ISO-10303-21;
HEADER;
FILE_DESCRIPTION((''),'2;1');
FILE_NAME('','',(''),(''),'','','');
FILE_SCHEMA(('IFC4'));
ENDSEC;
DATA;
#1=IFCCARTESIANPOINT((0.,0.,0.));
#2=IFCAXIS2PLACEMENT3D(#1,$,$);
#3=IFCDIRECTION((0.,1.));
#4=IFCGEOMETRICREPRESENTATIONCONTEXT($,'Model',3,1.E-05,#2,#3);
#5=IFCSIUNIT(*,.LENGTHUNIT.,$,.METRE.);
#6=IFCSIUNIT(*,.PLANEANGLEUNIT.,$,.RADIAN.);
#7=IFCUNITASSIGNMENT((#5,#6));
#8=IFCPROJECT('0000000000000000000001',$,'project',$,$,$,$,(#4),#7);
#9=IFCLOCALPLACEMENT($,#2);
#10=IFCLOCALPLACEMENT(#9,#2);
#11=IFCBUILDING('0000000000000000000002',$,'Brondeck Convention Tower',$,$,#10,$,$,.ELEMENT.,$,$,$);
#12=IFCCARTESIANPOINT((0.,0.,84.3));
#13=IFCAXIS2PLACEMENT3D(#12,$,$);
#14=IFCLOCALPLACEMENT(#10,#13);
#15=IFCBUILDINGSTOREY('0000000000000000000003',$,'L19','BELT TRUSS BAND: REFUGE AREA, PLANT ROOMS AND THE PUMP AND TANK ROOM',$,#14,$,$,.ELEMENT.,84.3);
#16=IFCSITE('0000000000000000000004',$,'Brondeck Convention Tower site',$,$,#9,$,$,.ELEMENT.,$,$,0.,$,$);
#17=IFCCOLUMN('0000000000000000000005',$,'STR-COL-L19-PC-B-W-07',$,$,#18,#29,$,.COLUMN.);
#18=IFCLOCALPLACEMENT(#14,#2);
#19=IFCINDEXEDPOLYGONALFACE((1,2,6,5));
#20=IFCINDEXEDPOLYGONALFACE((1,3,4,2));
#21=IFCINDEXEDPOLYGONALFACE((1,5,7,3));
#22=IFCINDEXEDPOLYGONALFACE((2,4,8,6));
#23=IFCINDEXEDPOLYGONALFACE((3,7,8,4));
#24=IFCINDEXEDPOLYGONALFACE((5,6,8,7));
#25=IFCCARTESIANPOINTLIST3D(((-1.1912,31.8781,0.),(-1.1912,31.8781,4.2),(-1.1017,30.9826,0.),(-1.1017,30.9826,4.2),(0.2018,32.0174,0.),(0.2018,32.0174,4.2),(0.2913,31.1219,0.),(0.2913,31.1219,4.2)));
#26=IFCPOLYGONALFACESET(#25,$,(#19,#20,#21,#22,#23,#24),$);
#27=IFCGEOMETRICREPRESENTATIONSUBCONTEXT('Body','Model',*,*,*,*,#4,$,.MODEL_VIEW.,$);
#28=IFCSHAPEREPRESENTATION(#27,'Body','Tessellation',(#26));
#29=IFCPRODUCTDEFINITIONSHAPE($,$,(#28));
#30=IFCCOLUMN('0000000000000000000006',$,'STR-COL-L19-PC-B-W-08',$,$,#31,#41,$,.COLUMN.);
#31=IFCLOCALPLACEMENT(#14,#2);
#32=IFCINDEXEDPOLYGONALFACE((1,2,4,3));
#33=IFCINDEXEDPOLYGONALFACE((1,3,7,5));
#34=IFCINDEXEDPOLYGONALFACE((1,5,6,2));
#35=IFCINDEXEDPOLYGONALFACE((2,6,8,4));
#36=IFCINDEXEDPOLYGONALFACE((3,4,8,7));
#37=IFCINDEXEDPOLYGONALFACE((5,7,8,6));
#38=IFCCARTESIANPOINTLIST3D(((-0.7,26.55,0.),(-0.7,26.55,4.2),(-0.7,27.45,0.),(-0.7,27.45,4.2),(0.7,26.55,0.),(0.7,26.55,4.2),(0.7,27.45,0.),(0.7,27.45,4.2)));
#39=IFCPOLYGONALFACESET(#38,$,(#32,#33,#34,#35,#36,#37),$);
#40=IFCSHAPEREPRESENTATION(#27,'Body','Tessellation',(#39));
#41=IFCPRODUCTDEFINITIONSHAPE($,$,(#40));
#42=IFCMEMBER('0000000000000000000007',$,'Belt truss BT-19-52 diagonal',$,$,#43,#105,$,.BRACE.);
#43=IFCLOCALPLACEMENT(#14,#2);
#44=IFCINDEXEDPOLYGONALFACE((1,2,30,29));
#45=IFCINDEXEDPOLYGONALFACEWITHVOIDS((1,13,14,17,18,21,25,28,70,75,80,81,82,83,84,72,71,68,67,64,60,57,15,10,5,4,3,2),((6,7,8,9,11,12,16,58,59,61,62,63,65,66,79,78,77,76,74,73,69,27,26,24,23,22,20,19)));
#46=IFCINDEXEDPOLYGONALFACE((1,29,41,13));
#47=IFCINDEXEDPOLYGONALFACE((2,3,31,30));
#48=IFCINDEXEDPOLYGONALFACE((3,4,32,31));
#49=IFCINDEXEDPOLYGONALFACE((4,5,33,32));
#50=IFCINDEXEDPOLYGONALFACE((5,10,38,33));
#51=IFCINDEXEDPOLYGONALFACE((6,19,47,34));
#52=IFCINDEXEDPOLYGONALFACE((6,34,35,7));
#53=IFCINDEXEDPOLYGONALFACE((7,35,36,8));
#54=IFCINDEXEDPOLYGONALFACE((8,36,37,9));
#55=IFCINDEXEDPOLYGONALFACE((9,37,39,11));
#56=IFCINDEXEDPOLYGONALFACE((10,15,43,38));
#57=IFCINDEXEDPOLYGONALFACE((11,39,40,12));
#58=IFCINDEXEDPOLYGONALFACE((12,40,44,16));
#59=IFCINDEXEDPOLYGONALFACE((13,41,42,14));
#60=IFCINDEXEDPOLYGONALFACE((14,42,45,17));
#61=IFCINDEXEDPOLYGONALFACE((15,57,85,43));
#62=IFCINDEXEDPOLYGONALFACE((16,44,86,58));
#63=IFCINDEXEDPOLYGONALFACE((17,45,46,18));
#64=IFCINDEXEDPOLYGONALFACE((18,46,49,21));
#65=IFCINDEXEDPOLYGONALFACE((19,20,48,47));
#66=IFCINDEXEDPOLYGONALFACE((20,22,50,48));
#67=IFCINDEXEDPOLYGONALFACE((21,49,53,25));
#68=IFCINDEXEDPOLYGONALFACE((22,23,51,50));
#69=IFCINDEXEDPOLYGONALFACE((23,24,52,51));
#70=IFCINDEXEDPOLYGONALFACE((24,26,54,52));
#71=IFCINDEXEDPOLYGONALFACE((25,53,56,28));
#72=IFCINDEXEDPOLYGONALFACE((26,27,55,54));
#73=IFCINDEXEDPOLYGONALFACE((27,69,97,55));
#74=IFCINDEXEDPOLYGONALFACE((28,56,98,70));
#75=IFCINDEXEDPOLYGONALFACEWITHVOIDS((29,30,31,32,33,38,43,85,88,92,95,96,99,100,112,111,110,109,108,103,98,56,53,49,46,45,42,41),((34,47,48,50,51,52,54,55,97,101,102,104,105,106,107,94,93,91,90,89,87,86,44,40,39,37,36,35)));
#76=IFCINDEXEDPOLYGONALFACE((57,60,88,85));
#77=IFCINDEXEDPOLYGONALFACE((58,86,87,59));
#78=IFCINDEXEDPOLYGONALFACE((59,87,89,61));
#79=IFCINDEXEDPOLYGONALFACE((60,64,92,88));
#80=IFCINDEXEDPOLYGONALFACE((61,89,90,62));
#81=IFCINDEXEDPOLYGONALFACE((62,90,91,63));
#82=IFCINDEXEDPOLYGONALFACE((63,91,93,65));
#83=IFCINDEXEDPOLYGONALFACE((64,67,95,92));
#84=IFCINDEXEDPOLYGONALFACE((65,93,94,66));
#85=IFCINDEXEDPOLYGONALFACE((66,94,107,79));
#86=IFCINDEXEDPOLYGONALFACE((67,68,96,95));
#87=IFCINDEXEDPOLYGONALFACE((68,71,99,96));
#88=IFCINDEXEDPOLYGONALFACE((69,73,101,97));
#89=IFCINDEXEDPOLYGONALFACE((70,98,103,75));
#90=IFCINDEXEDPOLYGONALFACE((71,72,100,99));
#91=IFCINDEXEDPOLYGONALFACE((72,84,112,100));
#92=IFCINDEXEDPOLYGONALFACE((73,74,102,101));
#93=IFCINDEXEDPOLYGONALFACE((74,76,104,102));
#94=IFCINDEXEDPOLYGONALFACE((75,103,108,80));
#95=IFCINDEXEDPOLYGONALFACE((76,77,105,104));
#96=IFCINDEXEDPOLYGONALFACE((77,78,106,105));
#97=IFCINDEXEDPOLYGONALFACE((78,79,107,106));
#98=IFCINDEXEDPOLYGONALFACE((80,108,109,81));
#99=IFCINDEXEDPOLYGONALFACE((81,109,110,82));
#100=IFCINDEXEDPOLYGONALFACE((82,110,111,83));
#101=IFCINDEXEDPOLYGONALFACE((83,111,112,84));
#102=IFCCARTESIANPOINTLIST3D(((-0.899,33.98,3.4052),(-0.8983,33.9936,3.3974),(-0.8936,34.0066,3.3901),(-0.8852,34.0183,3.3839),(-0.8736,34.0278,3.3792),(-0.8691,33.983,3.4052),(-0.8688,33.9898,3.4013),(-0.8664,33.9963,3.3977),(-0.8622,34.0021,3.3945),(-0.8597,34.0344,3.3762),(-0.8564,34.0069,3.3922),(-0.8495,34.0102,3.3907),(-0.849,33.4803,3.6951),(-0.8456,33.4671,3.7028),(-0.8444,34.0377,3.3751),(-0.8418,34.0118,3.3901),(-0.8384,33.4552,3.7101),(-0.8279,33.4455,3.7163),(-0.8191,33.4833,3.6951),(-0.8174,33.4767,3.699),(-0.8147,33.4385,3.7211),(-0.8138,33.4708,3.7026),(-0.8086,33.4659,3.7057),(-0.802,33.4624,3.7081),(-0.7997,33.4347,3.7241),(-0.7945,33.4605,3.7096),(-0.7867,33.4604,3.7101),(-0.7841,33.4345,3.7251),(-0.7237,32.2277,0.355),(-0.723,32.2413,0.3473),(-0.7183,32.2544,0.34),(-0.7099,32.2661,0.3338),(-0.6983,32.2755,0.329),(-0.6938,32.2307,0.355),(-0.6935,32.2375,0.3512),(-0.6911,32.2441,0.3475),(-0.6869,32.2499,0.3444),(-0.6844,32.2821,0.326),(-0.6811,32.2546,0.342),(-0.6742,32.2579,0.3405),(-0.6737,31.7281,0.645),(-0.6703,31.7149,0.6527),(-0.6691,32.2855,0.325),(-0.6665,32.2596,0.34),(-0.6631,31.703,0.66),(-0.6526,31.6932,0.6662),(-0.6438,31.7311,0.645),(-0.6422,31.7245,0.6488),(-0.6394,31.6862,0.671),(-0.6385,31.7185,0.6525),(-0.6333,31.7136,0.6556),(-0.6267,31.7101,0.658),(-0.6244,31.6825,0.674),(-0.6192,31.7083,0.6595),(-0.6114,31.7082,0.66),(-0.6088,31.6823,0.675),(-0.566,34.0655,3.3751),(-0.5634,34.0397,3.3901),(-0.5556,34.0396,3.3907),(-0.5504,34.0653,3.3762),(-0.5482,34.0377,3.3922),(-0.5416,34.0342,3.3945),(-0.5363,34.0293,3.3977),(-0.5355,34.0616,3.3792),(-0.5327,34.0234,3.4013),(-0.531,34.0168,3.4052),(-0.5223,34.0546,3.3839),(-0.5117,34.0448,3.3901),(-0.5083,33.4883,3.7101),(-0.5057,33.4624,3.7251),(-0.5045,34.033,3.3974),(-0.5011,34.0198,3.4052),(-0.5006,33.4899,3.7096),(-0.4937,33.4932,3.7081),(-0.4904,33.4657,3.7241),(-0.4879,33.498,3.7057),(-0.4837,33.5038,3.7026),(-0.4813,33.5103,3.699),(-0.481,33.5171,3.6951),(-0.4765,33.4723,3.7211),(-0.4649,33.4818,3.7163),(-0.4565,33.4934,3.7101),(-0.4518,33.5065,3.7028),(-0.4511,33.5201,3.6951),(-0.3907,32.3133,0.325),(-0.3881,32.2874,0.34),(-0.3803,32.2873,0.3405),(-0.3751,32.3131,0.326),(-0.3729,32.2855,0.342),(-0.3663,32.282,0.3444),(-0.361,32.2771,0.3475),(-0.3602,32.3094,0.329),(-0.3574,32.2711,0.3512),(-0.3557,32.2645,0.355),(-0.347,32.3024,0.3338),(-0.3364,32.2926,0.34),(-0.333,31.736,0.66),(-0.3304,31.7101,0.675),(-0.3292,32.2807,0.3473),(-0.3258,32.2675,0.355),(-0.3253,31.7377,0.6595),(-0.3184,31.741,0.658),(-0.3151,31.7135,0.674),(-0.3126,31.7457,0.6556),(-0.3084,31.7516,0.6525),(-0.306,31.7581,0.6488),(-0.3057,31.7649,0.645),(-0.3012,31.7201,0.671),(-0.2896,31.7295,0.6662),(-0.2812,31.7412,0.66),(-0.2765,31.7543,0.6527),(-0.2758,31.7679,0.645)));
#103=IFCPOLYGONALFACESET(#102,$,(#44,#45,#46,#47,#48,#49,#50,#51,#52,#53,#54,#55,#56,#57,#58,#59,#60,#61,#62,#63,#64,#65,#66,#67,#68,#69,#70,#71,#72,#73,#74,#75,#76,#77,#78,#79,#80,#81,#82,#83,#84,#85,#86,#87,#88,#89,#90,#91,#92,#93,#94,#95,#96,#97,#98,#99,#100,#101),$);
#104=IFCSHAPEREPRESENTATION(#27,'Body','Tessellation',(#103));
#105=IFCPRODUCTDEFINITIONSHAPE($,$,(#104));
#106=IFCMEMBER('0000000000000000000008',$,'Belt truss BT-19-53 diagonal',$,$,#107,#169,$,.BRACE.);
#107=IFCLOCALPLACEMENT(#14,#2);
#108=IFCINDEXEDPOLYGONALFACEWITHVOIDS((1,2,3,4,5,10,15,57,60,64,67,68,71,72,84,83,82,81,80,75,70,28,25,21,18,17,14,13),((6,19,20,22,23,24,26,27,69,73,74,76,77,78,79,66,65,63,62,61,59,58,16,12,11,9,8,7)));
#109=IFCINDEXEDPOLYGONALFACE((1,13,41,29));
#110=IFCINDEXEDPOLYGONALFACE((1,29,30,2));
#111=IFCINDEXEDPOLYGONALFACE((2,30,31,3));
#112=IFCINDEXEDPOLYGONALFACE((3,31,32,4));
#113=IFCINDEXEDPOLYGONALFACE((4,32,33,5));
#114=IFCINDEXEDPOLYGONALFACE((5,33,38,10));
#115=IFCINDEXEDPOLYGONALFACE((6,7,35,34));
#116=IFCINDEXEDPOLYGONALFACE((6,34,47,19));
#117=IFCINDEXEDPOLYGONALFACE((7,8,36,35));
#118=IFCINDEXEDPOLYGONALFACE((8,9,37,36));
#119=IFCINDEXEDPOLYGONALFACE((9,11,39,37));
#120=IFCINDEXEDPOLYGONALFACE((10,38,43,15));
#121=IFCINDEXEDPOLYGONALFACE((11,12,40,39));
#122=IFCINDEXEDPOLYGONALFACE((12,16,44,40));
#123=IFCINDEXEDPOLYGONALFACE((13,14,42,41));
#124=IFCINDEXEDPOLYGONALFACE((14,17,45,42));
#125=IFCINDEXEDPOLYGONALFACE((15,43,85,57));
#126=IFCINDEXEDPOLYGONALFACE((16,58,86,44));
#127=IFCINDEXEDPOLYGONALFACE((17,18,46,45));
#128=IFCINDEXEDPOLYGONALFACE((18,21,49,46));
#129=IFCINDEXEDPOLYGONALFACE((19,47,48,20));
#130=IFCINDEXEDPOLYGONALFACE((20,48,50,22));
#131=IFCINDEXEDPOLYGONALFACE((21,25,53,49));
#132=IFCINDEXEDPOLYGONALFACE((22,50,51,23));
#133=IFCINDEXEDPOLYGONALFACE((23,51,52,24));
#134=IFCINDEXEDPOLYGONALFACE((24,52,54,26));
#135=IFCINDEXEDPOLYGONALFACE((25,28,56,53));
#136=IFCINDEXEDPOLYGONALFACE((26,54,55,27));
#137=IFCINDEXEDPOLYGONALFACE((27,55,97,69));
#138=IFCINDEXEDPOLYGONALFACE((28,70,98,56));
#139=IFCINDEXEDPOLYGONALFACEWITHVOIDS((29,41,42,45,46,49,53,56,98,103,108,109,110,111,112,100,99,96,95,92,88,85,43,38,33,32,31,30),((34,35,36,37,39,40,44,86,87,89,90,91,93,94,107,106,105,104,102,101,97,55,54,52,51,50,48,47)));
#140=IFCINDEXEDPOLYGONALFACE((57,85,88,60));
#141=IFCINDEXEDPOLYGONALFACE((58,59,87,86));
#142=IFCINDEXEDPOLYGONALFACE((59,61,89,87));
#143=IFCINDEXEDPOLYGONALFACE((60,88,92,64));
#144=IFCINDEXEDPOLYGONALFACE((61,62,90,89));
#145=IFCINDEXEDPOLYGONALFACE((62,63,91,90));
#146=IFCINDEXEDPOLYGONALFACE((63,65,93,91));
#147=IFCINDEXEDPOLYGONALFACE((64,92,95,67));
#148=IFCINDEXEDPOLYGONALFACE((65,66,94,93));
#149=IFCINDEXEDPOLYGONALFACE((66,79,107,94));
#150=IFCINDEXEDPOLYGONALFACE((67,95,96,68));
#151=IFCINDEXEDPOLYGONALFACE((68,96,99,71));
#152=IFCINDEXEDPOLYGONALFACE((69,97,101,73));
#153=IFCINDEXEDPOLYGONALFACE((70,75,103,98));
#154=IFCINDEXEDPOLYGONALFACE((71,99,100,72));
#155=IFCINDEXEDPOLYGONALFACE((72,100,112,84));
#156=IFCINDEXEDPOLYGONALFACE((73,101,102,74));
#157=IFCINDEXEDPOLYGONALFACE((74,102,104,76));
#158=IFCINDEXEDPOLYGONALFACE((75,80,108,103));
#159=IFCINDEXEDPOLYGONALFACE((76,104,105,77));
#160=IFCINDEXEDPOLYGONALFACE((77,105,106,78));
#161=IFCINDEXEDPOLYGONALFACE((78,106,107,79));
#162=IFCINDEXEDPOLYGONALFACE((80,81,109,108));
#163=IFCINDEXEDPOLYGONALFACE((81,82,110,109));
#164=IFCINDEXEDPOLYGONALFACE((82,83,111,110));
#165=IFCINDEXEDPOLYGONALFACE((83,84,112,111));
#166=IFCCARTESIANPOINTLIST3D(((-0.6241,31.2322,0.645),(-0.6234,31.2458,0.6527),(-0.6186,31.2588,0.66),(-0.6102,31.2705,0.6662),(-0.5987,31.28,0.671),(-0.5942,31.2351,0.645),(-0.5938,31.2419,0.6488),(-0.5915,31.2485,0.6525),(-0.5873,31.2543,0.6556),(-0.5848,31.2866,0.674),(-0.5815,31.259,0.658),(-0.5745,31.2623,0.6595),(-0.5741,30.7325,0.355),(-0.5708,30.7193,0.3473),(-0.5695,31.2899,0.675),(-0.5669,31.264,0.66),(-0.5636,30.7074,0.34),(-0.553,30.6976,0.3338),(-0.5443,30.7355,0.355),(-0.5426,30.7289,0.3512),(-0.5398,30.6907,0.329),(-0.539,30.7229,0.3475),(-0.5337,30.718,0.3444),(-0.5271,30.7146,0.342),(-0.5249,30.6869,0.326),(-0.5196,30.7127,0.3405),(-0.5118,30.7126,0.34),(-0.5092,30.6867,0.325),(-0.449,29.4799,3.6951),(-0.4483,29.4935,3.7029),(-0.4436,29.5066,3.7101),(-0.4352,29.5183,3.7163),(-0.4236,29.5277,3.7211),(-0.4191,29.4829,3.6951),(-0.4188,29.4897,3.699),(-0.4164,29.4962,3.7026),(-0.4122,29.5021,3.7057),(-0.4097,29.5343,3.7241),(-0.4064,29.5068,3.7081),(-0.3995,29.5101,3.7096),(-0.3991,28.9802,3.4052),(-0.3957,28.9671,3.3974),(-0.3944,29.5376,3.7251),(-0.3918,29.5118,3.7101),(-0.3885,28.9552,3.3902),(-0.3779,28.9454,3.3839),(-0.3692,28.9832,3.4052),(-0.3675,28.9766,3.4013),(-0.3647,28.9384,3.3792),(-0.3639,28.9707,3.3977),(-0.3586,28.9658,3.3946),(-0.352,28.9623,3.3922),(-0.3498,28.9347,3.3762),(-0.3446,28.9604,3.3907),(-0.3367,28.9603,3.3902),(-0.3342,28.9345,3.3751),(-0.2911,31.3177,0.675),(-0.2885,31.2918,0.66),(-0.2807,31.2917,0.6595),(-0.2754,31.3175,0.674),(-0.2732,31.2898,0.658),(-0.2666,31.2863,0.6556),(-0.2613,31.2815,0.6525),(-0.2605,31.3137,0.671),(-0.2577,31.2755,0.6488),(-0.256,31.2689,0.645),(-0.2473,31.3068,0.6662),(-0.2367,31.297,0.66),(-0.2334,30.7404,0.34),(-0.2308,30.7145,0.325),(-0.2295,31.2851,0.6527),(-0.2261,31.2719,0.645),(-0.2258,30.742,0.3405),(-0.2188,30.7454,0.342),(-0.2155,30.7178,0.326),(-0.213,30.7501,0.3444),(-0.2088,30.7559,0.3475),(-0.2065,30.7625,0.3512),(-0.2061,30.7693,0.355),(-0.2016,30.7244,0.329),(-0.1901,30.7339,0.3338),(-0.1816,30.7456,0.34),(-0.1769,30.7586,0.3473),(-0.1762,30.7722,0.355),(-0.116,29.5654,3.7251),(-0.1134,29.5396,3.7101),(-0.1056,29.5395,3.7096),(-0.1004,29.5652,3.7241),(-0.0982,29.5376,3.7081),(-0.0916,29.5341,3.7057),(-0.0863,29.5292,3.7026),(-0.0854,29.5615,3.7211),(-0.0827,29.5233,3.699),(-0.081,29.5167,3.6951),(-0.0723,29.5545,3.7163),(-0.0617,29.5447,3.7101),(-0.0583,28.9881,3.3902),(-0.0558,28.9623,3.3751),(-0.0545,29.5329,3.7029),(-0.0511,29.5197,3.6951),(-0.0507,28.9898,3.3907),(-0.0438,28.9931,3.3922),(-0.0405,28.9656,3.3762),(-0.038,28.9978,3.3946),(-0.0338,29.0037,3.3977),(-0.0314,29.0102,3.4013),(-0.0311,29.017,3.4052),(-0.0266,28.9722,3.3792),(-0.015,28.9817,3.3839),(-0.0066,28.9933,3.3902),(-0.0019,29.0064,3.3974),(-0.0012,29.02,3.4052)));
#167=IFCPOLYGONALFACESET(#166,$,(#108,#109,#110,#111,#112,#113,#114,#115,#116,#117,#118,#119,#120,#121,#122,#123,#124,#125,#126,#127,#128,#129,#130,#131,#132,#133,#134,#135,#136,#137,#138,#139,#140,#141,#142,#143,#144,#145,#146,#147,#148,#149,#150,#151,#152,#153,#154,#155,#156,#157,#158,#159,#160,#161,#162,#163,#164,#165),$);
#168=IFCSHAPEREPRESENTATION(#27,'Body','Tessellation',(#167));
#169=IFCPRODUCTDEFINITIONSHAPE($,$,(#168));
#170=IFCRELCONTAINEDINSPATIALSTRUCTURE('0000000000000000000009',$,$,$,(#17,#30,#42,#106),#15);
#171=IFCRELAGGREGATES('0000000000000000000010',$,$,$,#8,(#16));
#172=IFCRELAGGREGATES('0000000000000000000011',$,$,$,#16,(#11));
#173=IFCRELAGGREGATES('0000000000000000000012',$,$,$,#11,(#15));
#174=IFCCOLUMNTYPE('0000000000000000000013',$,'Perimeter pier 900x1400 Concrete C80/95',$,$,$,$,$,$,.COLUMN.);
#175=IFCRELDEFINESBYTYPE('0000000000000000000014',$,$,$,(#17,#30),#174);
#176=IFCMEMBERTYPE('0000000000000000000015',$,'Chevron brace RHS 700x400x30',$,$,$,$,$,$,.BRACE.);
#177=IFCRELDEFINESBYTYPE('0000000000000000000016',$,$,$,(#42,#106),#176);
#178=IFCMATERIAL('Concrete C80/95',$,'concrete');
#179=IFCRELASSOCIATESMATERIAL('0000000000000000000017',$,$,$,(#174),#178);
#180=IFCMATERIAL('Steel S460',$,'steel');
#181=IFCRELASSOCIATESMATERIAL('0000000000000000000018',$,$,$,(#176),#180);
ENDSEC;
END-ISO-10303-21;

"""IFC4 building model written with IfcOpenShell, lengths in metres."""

from ifc_helpers import new_model, si_unit, direction, frame, origin, origin_2d, place, context, subcontext, project, spatial, rectangle, hollow_rectangle, extrude, material, material_profile, profile_set, type_object, element, save


model = new_model("IFC4")

# Units and contexts
model_context = context("Model", 3, precision=1e-05, world=origin(), true_north=direction((0.0, 1.0)))
body_context = subcontext(model_context, "Body", "Model", "MODEL_VIEW")
ifc_project = project(units=[si_unit("LENGTHUNIT", "METRE"), si_unit("PLANEANGLEUNIT", "RADIAN")], contexts=[model_context])

# Site, building, storey
site_placement = place(None, origin())
site = spatial("IfcSite", under=ifc_project, at=site_placement, Name="Brondeck Convention Tower site", CompositionType="ELEMENT", RefElevation=0.0)
building_placement = place(site_placement, origin())
building = spatial("IfcBuilding", under=site, at=building_placement, Name="Brondeck Convention Tower", CompositionType="ELEMENT")
storey_placement = place(building_placement, frame((0.0, 0.0, 84.3)))
storey = spatial("IfcBuildingStorey", under=building, at=storey_placement, Name="L19", Description="BELT TRUSS BAND: REFUGE AREA, PLANT ROOMS AND THE PUMP AND TANK ROOM", CompositionType="ELEMENT", Elevation=84.3)

# Columns
ifc_material_1 = material(Name="Concrete C80/95", Category="concrete")
ifc_material_profile_1 = material_profile(ifc_material_1, rectangle(XDim=0.8999, YDim=1.3999, at=origin_2d()), Name="Perimeter pier 900x1400 Concrete C80/95")
ifc_profile_set_1 = profile_set([ifc_material_profile_1], Name="Concrete C80/95")
column_type = type_object("IfcColumnType", Name="Perimeter pier 900x1400 Concrete C80/95", PredefinedType="COLUMN", material=ifc_profile_set_1)
for number, where, z_axis, x_axis, name in (
    (1, (-0.45, 31.5, 0.0), (0.0, 0.0, 1.0), (0.099504, -0.995037, 0.0), "STR-COL-L19-PC-B-W-07"),
    (2, (0.0, 27.0, 0.0), (0.0, 0.0, 1.0), (0.0, -1.0, 0.0), "STR-COL-L19-PC-B-W-08"),
):
    element("IfcColumn", number, at=place(storey_placement, frame(where, z_axis=z_axis, x_axis=x_axis)), inside=storey, type_object=column_type, Name=name, PredefinedType="COLUMN", context=body_context, shape_type="SweptSolid", body=[
        extrude(rectangle(XDim=0.8999, YDim=1.3999, at=origin_2d()), origin(), (0.0, 0.0, 1.0), 4.2),
    ])

# Members
ifc_material_2 = material(Name="Steel S460", Category="steel")
ifc_material_profile_2 = material_profile(ifc_material_2, hollow_rectangle(XDim=0.3999, YDim=0.7, WallThickness=0.03, InnerFilletRadius=0.03, OuterFilletRadius=0.0601, at=origin_2d()), Name="RHS 700x400x30")
ifc_profile_set_2 = profile_set([ifc_material_profile_2], Name="Steel S460")
member_type_1 = type_object("IfcMemberType", Name="Chevron brace RHS 700x400x30", PredefinedType="BRACE", material=ifc_profile_set_2)
for number, where, z_axis, x_axis, name in (
    (3, (-0.4998, 31.9978, 0.5), (-0.049772, 0.497516, 0.866026), (-0.995033, -0.099545, 0.0), "Belt truss BT-19-52 diagonal"),
    (4, (-0.4001, 31.0022, 0.5), (0.049703, -0.497518, 0.866029), (0.995047, 0.099408, 0.0), "Belt truss BT-19-53 diagonal"),
):
    element("IfcMember", number, at=place(storey_placement, frame(where, z_axis=z_axis, x_axis=x_axis)), inside=storey, type_object=member_type_1, Name=name, PredefinedType="BRACE", context=body_context, shape_type="SweptSolid", body=[
        extrude(hollow_rectangle(XDim=0.3999, YDim=0.7, WallThickness=0.03, InnerFilletRadius=0.03, OuterFilletRadius=0.0601, at=origin_2d()), origin(), (0.0, 0.0, 1.0), 3.522),
    ])

save(model, "model.ifc")
